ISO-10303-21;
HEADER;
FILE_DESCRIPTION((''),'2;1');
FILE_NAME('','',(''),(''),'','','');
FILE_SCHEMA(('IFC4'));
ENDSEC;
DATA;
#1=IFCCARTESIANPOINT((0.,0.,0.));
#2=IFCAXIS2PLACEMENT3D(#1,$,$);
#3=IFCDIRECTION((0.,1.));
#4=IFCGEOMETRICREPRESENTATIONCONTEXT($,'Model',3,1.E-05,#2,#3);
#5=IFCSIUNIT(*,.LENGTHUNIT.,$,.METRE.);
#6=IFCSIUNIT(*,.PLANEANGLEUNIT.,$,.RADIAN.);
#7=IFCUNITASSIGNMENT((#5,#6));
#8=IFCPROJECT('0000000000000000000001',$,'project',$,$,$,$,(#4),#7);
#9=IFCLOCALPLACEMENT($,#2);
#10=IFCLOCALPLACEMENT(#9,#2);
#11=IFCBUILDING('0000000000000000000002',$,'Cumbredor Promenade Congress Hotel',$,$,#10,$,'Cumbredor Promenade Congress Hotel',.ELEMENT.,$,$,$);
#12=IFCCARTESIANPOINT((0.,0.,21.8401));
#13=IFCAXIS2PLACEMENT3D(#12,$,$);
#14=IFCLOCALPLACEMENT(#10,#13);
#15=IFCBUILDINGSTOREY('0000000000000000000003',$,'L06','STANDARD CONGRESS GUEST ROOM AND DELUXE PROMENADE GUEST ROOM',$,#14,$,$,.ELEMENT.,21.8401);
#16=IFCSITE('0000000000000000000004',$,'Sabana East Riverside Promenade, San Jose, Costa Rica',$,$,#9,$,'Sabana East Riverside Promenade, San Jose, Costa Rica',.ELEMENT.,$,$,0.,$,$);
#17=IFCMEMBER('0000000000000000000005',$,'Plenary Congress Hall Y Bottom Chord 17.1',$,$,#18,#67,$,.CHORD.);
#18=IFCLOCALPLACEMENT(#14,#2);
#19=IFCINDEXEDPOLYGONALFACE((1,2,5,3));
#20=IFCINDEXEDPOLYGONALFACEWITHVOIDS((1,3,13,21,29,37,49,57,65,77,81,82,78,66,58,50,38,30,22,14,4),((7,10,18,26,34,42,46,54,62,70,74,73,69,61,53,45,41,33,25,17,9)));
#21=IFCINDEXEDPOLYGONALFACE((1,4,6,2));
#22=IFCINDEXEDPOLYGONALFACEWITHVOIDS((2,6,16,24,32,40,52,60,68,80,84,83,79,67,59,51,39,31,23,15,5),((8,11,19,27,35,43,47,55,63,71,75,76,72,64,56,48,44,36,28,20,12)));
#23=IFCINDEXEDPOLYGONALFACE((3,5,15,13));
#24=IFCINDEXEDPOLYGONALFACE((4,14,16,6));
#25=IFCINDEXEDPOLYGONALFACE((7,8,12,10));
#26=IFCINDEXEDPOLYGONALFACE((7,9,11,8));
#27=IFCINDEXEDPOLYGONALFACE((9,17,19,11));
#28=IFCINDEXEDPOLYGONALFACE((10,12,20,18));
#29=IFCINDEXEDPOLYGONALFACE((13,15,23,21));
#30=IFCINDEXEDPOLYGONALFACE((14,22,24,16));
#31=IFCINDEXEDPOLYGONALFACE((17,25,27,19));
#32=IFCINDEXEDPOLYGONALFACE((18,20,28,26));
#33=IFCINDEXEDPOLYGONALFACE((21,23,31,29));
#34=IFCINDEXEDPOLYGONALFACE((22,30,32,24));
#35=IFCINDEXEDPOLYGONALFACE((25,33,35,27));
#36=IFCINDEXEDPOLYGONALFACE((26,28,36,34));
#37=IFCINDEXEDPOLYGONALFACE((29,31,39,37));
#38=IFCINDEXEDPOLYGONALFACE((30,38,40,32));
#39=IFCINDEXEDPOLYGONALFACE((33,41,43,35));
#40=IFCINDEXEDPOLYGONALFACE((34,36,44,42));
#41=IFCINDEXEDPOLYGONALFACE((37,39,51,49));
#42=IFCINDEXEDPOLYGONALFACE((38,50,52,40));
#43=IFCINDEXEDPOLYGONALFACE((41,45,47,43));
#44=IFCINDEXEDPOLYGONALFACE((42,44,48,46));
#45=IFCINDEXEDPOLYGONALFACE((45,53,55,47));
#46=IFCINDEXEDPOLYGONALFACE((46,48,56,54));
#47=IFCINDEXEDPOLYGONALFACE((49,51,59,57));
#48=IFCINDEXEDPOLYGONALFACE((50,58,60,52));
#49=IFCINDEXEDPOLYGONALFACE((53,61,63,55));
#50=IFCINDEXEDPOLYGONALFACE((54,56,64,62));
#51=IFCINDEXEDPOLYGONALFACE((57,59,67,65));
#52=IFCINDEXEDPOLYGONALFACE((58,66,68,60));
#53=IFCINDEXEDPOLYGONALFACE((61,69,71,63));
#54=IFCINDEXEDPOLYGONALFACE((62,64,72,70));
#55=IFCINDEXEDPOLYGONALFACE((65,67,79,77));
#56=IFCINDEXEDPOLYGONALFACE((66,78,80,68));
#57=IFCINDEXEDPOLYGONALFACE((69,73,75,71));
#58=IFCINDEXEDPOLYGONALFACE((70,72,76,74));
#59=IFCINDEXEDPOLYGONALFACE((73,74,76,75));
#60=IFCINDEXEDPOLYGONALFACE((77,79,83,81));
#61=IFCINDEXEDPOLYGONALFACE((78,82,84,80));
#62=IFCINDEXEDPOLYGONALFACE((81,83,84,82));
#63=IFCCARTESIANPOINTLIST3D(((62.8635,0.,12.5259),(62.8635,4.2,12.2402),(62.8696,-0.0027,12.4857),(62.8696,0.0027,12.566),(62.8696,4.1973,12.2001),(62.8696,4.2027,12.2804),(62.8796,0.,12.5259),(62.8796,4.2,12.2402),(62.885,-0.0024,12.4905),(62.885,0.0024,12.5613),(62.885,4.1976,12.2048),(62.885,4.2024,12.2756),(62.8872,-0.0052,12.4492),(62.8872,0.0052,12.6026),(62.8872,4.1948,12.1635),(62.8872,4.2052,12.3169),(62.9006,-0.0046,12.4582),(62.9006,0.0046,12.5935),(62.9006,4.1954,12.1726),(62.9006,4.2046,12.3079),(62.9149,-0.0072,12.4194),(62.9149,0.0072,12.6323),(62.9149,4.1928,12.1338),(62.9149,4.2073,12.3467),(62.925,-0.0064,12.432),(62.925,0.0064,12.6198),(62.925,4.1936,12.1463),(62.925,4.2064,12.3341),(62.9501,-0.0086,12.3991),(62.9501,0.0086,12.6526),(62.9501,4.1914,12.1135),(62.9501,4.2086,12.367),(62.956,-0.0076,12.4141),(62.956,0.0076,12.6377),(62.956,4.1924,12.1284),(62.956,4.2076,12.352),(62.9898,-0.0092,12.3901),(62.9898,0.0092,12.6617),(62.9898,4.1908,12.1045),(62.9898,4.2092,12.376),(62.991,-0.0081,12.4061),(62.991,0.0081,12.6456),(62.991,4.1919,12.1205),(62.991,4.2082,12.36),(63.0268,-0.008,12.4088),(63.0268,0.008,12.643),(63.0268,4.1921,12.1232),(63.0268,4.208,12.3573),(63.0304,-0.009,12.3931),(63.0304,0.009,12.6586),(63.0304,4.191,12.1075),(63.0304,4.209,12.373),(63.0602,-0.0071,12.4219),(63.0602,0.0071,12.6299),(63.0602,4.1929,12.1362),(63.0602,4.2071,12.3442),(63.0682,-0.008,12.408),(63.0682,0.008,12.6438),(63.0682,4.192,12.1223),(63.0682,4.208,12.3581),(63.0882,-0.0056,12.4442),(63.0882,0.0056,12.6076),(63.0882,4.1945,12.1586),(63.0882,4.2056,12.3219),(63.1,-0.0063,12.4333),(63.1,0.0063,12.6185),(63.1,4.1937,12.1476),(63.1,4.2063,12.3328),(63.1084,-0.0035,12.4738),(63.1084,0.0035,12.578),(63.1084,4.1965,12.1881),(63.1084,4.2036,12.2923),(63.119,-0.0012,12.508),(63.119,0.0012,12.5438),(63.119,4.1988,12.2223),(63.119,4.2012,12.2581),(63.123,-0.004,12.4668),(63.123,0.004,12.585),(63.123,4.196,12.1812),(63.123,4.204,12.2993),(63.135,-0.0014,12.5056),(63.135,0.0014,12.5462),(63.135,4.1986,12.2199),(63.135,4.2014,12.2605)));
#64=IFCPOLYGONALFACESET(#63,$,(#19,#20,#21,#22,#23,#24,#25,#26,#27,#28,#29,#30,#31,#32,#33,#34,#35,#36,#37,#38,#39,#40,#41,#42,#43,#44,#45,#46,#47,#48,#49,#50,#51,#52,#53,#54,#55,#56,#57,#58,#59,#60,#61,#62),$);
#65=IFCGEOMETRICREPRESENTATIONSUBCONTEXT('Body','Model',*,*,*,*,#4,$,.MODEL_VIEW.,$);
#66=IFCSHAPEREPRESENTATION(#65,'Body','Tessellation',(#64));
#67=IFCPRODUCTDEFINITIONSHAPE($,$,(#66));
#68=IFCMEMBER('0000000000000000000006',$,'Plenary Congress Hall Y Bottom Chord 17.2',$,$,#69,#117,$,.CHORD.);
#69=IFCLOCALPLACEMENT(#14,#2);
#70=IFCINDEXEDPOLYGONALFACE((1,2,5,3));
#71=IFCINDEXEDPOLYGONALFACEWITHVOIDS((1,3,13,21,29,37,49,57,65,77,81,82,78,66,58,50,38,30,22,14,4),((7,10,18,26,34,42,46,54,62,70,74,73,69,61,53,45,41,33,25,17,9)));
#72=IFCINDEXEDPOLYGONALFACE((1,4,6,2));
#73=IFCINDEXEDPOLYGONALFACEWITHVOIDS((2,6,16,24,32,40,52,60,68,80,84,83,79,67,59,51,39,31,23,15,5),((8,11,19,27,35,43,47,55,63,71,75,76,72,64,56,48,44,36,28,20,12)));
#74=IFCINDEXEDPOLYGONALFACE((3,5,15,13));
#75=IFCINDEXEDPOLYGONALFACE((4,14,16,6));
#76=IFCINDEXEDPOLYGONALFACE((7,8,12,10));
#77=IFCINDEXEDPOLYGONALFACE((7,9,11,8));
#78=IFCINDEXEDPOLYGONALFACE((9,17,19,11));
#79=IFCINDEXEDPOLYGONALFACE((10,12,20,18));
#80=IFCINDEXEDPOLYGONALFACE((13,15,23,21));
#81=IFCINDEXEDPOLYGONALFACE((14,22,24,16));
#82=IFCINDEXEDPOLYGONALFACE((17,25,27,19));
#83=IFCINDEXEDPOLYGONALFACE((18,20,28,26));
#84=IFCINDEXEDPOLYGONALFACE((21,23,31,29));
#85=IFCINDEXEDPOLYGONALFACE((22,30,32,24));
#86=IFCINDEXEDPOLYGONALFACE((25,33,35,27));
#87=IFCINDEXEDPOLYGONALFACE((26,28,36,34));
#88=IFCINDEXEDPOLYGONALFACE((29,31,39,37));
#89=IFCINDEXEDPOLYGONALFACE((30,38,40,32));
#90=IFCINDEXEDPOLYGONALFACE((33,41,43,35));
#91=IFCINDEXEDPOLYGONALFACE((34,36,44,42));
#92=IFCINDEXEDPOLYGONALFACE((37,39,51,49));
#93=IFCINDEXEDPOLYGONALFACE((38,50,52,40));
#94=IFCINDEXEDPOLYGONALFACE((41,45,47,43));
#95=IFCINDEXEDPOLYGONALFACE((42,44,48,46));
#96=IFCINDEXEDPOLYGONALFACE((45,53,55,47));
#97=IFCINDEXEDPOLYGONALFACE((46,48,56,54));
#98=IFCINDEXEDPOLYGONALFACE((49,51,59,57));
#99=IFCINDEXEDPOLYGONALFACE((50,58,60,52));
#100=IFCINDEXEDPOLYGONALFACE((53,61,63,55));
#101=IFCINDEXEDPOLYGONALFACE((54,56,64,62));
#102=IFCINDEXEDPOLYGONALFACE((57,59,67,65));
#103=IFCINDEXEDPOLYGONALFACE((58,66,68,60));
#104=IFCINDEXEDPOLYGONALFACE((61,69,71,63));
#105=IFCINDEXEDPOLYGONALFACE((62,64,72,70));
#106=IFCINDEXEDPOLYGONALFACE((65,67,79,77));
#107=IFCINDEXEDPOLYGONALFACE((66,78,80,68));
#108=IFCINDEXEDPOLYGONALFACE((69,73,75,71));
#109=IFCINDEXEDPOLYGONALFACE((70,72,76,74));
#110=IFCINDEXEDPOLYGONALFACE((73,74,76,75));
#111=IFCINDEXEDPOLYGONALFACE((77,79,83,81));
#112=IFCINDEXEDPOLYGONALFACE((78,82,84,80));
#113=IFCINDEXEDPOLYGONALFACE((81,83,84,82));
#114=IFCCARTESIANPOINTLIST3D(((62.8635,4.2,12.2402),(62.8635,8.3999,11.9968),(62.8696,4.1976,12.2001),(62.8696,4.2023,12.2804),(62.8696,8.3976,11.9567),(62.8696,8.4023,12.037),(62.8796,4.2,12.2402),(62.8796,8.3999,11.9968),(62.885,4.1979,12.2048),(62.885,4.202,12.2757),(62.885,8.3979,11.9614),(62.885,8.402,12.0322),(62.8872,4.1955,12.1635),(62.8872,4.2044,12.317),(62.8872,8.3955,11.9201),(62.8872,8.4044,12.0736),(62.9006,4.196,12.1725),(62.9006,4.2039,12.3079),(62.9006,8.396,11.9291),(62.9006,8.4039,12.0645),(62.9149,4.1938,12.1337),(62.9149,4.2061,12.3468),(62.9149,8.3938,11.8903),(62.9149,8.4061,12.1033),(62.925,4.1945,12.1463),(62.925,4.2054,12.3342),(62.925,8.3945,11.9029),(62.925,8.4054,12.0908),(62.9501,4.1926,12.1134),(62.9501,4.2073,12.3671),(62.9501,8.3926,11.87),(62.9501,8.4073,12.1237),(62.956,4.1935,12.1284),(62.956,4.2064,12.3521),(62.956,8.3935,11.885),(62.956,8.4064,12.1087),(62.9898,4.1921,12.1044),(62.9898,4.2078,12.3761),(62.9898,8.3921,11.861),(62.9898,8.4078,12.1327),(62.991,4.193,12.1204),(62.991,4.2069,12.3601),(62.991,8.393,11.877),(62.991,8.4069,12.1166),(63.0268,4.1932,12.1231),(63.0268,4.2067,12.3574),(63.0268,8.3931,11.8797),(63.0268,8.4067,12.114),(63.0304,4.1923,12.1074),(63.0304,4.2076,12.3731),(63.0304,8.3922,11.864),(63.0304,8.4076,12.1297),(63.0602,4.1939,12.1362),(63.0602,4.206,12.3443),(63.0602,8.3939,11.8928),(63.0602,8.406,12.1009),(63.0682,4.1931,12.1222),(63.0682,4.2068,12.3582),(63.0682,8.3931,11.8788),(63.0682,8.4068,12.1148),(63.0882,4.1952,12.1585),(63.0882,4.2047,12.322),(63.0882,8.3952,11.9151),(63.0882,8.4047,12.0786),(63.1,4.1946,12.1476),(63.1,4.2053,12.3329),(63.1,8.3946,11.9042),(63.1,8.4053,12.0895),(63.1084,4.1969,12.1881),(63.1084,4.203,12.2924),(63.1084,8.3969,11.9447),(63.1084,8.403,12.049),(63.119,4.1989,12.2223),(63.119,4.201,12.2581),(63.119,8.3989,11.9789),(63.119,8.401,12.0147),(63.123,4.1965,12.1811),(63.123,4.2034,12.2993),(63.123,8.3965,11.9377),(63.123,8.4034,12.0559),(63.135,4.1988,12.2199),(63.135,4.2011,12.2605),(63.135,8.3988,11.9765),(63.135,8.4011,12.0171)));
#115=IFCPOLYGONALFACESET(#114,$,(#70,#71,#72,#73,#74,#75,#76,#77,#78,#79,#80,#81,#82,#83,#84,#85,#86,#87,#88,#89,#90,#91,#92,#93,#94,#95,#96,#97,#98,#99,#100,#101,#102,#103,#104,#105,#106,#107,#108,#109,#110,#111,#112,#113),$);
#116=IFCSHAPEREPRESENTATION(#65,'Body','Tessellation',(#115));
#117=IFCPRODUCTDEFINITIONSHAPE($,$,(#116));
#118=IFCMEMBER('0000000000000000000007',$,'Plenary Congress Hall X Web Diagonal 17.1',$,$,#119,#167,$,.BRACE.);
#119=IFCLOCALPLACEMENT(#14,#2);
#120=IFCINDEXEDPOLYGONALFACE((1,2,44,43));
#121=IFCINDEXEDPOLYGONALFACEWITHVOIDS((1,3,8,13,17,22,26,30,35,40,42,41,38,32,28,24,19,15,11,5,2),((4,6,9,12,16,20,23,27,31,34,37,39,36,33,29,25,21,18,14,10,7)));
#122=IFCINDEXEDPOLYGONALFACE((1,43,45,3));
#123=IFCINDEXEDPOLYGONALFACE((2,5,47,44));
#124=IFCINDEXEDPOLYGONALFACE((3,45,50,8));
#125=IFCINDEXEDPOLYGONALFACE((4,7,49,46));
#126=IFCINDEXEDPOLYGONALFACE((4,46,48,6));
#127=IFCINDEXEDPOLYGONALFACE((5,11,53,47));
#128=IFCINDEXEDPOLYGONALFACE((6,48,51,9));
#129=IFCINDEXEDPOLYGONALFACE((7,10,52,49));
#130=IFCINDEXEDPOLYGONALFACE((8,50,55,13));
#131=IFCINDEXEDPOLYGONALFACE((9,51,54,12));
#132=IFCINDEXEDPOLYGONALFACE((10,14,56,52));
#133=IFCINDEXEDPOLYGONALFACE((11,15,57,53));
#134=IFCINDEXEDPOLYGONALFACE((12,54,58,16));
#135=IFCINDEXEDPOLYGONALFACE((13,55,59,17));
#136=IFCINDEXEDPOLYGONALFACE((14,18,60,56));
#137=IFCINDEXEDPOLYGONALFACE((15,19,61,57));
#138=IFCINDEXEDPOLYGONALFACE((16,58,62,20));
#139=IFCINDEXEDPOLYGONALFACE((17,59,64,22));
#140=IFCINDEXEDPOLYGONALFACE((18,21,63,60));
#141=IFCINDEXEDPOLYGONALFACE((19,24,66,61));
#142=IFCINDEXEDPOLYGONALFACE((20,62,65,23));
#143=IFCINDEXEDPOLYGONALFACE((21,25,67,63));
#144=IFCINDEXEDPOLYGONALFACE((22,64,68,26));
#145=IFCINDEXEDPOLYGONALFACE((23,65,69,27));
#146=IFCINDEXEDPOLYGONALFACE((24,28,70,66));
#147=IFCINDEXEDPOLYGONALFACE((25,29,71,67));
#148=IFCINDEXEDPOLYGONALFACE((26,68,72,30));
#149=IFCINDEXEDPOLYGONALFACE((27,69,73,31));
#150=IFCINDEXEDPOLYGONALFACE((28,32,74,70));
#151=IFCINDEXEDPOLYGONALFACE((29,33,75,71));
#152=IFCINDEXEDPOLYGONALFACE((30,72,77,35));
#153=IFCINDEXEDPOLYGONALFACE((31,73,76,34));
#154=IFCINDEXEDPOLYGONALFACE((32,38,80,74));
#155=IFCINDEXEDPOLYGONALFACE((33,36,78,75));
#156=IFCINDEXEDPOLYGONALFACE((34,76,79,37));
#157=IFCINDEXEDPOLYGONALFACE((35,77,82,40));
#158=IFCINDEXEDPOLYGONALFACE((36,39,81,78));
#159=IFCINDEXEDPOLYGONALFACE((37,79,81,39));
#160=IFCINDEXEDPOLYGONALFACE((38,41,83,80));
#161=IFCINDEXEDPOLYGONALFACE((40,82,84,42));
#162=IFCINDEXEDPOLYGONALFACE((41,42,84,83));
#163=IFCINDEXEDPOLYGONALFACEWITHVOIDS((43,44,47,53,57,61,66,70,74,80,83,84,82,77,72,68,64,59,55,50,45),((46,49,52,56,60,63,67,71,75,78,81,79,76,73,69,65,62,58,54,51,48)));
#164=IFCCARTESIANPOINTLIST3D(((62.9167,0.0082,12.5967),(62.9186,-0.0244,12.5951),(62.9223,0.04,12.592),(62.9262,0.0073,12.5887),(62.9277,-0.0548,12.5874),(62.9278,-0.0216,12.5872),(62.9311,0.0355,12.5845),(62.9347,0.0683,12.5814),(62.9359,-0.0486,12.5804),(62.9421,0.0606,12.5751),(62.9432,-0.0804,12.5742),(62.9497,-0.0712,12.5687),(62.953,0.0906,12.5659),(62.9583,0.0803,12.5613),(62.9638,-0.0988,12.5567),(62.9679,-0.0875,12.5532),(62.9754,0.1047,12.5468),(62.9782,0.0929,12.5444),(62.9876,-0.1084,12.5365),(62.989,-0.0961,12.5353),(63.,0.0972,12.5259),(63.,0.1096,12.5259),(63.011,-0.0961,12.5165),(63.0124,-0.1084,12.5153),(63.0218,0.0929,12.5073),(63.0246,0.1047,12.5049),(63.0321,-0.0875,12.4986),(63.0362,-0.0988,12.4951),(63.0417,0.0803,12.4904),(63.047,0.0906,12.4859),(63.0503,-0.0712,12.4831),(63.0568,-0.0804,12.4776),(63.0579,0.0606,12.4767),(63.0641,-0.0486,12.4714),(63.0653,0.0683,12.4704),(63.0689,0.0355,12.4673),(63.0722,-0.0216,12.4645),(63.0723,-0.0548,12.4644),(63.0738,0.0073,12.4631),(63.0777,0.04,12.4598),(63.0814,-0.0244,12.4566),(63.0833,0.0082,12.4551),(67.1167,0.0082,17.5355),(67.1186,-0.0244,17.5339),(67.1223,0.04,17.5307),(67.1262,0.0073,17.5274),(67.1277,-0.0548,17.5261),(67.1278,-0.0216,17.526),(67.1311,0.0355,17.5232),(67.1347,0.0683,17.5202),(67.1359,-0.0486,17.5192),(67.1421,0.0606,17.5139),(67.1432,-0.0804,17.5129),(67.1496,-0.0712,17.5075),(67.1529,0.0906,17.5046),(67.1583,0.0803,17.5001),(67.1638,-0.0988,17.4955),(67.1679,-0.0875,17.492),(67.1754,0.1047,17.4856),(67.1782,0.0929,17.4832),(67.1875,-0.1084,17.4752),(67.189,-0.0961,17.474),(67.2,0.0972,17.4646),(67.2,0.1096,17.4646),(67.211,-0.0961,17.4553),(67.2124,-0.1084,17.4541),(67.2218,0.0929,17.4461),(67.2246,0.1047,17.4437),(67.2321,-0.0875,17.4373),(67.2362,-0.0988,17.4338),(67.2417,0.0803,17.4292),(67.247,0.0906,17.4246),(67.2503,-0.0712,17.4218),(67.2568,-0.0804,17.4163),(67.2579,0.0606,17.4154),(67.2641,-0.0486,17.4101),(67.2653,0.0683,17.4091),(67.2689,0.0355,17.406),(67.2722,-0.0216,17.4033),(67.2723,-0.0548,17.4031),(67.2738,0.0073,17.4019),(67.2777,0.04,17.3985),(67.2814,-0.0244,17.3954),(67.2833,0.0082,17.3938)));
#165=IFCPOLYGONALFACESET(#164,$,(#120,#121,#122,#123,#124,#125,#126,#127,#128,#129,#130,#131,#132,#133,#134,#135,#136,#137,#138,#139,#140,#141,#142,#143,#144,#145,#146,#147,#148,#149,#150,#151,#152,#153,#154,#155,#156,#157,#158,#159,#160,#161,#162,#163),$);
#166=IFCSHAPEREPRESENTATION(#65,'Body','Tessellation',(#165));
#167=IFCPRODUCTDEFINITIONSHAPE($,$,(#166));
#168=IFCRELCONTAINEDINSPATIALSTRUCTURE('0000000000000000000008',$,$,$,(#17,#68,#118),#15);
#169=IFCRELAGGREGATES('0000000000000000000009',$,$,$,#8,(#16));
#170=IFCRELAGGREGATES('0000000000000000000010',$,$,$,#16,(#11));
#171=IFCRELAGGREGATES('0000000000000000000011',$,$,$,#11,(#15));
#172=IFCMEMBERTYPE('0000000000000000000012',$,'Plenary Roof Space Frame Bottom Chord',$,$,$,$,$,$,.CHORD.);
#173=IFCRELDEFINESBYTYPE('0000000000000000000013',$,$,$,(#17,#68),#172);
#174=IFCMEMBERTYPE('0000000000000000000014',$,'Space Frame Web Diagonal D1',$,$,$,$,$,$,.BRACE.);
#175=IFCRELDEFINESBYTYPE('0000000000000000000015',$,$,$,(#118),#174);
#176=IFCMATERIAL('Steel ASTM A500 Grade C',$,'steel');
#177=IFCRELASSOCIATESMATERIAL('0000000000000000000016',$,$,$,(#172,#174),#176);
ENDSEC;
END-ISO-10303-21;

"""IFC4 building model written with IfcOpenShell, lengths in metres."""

from ifc_helpers import new_model, si_unit, direction, frame, origin, origin_2d, place, context, subcontext, project, spatial, hollow_circle, extrude, material, material_profile, profile_set, type_object, element, save


model = new_model("IFC4")

# Units and contexts
model_context = context("Model", 3, precision=1e-05, world=origin(), true_north=direction((0.0, 1.0)))
body_context = subcontext(model_context, "Body", "Model", "MODEL_VIEW")
ifc_project = project(units=[si_unit("LENGTHUNIT", "METRE"), si_unit("PLANEANGLEUNIT", "RADIAN")], contexts=[model_context])

# Site, building, storey
site_placement = place(None, origin())
site = spatial("IfcSite", under=ifc_project, at=site_placement, Name="Sabana East Riverside Promenade, San Jose, Costa Rica", LongName="Sabana East Riverside Promenade, San Jose, Costa Rica", CompositionType="ELEMENT", RefElevation=0.0)
building_placement = place(site_placement, origin())
building = spatial("IfcBuilding", under=site, at=building_placement, Name="Cumbredor Promenade Congress Hotel", LongName="Cumbredor Promenade Congress Hotel", CompositionType="ELEMENT")
storey_placement = place(building_placement, frame((0.0, 0.0, 21.8401)))
storey = spatial("IfcBuildingStorey", under=building, at=storey_placement, Name="L06", Description="STANDARD CONGRESS GUEST ROOM AND DELUXE PROMENADE GUEST ROOM", CompositionType="ELEMENT", Elevation=21.8401)

# Members
ifc_material_1 = material(Name="Steel ASTM A500 Grade C", Category="steel")
ifc_material_profile_1 = material_profile(ifc_material_1, hollow_circle(Radius=0.1365, WallThickness=0.0161, at=origin_2d()), Name="CHS 273.0x16")
ifc_profile_set_1 = profile_set([ifc_material_profile_1], Name="Steel ASTM A500 Grade C")
member_type_1 = type_object("IfcMemberType", Name="Plenary Roof Space Frame Bottom Chord", PredefinedType="CHORD", material=ifc_profile_set_1)
member_1_placement = place(storey_placement, frame((63.0, 0.0, 12.5259), z_axis=(0.0, 0.997695, -0.067855), x_axis=(-1.0, 0.0, 0.0)))
element("IfcMember", 1, at=member_1_placement, inside=storey, type_object=member_type_1, Name="Plenary Congress Hall Y Bottom Chord 17.1", PredefinedType="CHORD", context=body_context, shape_type="SweptSolid", body=[
    extrude(hollow_circle(Radius=0.1365, WallThickness=0.0161, at=origin_2d()), origin(), (0.0, 0.0, 1.0), 4.2097),
])
member_2_placement = place(storey_placement, frame((63.0, 4.2, 12.2402), z_axis=(0.0, 0.998325, -0.057858), x_axis=(-1.0, 0.0, 0.0)))
element("IfcMember", 2, at=member_2_placement, inside=storey, type_object=member_type_1, Name="Plenary Congress Hall Y Bottom Chord 17.2", PredefinedType="CHORD", context=body_context, shape_type="SweptSolid", body=[
    extrude(hollow_circle(Radius=0.1365, WallThickness=0.0161, at=origin_2d()), origin(), (0.0, 0.0, 1.0), 4.207),
])
ifc_material_profile_2 = material_profile(ifc_material_1, hollow_circle(Radius=0.1096, WallThickness=0.0125, at=origin_2d()), Name="CHS 219.1x12.5")
ifc_profile_set_2 = profile_set([ifc_material_profile_2], Name="Steel ASTM A500 Grade C")
member_type_2 = type_object("IfcMemberType", Name="Space Frame Web Diagonal D1", PredefinedType="BRACE", material=ifc_profile_set_2)
member_3_placement = place(storey_placement, frame((63.0, 0.0, 12.5259), z_axis=(0.647831, 0.0, 0.761784), x_axis=(0.0, 1.0, 0.0)))
element("IfcMember", 3, at=member_3_placement, inside=storey, type_object=member_type_2, Name="Plenary Congress Hall X Web Diagonal 17.1", PredefinedType="BRACE", context=body_context, shape_type="SweptSolid", body=[
    extrude(hollow_circle(Radius=0.1096, WallThickness=0.0125, at=origin_2d()), origin(), (0.0, 0.0, 1.0), 6.4832),
])

save(model, "model.ifc")
